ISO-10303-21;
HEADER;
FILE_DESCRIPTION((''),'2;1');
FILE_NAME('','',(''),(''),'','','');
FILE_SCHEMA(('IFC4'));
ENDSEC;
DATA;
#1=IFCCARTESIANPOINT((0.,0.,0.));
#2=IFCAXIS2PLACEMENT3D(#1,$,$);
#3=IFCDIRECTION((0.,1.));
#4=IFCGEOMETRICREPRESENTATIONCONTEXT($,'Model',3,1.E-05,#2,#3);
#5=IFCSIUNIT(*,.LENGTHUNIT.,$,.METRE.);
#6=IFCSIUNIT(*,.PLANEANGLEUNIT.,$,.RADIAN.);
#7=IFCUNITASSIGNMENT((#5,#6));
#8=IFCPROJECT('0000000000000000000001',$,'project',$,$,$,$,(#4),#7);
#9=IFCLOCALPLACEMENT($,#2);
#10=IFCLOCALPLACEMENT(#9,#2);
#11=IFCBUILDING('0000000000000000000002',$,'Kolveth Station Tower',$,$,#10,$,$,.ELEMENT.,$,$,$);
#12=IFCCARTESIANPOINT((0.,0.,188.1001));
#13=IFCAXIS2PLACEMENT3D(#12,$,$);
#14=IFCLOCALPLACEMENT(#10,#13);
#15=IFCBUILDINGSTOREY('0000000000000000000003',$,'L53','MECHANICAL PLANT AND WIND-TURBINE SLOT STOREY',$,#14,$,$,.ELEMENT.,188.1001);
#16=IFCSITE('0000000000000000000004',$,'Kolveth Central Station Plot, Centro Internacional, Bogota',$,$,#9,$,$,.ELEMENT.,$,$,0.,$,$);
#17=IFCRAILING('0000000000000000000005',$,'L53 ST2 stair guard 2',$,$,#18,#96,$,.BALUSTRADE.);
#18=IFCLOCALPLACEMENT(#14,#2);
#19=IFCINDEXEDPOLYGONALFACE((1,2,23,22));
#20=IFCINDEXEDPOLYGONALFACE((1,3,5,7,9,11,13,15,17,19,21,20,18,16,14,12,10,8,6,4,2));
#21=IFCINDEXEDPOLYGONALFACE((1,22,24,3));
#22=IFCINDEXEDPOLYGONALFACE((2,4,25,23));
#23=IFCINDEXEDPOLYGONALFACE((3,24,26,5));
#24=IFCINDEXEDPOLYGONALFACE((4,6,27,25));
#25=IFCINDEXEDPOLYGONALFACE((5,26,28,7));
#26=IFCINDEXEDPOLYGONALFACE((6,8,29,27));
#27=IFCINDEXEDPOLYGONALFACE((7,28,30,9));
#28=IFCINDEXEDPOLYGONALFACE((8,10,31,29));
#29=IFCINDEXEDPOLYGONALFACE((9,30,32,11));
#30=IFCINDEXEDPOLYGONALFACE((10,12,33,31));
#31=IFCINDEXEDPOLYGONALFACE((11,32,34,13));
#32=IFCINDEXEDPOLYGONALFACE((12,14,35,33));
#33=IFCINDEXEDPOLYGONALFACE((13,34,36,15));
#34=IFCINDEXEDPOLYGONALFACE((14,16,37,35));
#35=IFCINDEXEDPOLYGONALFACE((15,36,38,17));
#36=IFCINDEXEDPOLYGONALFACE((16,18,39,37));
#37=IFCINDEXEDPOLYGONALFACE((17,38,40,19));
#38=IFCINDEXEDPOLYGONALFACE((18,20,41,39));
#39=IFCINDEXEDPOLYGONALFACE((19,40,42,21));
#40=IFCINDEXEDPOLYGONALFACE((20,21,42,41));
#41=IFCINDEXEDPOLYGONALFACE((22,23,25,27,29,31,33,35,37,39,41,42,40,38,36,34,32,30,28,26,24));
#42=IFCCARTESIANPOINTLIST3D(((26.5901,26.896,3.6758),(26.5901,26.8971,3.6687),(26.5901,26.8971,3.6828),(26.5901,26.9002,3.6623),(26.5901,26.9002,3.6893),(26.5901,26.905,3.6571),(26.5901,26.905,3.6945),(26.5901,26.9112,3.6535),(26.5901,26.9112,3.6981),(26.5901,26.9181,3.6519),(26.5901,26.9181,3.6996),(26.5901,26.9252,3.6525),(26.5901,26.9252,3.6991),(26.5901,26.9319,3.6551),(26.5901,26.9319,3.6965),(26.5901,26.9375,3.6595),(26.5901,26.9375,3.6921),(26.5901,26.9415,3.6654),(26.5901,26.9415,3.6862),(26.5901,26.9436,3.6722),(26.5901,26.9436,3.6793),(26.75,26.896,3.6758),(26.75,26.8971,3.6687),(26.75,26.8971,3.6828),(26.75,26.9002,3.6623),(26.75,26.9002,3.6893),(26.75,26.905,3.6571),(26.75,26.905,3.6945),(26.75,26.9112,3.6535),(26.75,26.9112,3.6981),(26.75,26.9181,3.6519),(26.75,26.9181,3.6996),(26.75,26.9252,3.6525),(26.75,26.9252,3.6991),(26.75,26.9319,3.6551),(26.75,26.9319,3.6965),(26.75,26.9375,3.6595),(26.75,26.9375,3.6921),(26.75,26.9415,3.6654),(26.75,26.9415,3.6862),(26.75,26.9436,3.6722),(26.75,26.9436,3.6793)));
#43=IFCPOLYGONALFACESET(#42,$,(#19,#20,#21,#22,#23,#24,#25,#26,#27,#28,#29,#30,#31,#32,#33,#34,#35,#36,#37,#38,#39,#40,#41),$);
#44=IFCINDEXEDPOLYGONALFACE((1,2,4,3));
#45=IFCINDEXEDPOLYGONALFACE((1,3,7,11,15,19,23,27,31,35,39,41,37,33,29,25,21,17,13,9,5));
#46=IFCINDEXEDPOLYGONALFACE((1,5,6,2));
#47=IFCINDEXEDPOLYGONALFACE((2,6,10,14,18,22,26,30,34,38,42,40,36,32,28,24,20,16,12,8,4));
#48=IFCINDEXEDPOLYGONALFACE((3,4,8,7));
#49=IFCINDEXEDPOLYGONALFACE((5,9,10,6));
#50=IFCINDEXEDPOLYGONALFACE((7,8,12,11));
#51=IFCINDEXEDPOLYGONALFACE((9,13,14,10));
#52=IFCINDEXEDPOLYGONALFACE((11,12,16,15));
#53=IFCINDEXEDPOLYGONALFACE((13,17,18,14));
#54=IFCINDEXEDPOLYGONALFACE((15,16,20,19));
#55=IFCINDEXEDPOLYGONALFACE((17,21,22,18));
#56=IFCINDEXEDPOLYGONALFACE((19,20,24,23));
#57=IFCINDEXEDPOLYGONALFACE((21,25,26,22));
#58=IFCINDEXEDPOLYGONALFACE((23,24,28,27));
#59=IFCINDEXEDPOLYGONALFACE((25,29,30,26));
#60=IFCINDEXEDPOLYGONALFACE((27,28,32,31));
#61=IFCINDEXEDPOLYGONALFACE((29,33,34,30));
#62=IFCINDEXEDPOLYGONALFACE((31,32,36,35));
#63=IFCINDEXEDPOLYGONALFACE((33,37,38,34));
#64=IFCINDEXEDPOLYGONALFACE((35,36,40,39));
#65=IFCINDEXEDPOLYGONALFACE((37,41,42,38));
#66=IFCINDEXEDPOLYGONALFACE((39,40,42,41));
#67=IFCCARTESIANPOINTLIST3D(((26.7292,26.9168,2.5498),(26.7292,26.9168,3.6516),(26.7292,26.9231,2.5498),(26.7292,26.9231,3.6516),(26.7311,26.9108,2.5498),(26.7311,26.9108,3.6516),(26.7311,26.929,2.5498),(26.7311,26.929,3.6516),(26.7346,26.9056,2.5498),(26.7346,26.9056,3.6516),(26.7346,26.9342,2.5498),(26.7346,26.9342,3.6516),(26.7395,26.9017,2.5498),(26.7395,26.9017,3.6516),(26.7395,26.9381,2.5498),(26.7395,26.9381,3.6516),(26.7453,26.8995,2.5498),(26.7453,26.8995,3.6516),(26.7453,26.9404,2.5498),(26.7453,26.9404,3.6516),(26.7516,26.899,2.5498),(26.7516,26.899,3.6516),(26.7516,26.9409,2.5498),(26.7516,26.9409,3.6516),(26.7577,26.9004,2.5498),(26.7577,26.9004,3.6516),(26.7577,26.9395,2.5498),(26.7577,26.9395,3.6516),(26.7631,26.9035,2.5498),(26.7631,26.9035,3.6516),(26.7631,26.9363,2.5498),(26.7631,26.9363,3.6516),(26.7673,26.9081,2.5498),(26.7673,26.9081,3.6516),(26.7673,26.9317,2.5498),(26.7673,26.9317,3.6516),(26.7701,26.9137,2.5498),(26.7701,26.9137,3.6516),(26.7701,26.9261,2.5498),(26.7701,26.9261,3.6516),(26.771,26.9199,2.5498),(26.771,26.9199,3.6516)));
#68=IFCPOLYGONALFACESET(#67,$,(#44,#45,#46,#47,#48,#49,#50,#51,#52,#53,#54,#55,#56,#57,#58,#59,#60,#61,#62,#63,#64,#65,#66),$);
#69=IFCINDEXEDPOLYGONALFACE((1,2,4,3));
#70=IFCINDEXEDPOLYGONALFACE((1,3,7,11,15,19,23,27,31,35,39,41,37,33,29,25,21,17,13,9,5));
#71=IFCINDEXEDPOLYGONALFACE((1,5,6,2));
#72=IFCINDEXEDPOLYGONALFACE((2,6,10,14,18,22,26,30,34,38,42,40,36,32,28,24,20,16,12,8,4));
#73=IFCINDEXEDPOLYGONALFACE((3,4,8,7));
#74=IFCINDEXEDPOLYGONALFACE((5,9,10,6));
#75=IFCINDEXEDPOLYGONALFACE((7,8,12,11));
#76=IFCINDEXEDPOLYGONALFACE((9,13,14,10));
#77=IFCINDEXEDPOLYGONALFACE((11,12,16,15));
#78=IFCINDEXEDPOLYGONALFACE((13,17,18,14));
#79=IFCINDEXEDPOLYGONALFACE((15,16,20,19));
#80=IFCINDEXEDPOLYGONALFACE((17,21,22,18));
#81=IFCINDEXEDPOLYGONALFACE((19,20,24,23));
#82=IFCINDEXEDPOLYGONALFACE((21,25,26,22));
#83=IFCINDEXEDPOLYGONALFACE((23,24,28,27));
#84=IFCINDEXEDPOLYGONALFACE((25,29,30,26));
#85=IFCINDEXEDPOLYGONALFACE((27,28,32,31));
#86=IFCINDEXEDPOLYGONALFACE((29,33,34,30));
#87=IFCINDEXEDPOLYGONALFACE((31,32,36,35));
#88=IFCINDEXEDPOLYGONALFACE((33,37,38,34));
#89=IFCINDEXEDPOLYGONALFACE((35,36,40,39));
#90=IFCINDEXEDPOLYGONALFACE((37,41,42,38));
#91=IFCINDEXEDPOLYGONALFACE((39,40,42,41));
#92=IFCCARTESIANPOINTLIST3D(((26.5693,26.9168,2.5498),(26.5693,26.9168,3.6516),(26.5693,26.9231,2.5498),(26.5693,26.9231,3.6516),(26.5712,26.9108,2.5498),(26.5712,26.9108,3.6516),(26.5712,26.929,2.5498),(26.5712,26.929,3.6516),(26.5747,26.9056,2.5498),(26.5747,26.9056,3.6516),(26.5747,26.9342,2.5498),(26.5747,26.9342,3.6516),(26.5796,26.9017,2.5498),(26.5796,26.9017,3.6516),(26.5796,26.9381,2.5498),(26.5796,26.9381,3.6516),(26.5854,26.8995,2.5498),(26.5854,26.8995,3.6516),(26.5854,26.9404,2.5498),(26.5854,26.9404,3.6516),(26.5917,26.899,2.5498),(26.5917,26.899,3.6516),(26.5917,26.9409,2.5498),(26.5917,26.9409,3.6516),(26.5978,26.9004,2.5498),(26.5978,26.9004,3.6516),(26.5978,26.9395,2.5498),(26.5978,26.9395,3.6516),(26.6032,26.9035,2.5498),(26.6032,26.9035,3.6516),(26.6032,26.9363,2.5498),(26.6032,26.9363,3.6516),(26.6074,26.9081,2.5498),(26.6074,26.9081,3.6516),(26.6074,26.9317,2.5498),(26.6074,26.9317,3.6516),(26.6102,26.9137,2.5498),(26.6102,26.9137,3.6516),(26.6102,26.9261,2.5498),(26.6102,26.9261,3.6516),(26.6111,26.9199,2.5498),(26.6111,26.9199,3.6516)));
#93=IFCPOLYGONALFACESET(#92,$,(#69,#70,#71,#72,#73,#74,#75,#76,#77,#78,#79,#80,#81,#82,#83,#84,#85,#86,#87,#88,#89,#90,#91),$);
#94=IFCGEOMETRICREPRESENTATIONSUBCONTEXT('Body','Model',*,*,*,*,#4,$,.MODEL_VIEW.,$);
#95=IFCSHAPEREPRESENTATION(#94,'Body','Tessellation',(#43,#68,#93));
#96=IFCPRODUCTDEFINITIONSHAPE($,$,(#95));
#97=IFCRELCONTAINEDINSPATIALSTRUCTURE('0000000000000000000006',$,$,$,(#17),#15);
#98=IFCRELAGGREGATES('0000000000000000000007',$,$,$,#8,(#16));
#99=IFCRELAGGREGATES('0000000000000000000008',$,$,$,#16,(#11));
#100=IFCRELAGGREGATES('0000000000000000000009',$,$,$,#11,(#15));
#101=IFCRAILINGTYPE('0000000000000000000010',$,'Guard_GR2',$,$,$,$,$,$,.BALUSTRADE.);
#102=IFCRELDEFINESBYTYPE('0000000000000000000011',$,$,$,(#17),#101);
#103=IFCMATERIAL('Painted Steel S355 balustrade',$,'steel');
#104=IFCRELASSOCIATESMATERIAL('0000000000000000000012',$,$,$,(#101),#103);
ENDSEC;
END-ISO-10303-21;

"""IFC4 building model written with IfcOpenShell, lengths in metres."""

from ifc_helpers import new_model, si_unit, direction, frame, origin, origin_2d, place, context, subcontext, project, spatial, circle, extrude, material, type_object, element, save


model = new_model("IFC4")

# Units and contexts
model_context = context("Model", 3, precision=1e-05, world=origin(), true_north=direction((0.0, 1.0)))
body_context = subcontext(model_context, "Body", "Model", "MODEL_VIEW")
ifc_project = project(units=[si_unit("LENGTHUNIT", "METRE"), si_unit("PLANEANGLEUNIT", "RADIAN")], contexts=[model_context])

# Site, building, storey
site_placement = place(None, origin())
site = spatial("IfcSite", under=ifc_project, at=site_placement, Name="Kolveth Central Station Plot, Centro Internacional, Bogota", CompositionType="ELEMENT", RefElevation=0.0)
building_placement = place(site_placement, origin())
building = spatial("IfcBuilding", under=site, at=building_placement, Name="Kolveth Station Tower", CompositionType="ELEMENT")
storey_placement = place(building_placement, frame((0.0, 0.0, 188.1001)))
storey = spatial("IfcBuildingStorey", under=building, at=storey_placement, Name="L53", Description="MECHANICAL PLANT AND WIND-TURBINE SLOT STOREY", CompositionType="ELEMENT", Elevation=188.1001)

# Railing
ifc_material_1 = material(Name="Painted Steel S355 balustrade", Category="steel")
railing_type_1 = type_object("IfcRailingType", Name="Guard_GR2", PredefinedType="BALUSTRADE", material=ifc_material_1)
railing_1_placement = place(storey_placement, frame((26.75, 26.9199, 2.5498)))
element("IfcRailing", 1, at=railing_1_placement, inside=storey, type_object=railing_type_1, Name="L53 ST2 stair guard 2", PredefinedType="BALUSTRADE", context=body_context, shape_type="SweptSolid", body=[
    extrude(circle(Radius=0.0239, at=origin_2d()), frame((0.0, 0.0, 1.126), z_axis=(-1.0, 0.0, 0.0), x_axis=(0.0, -1.0, 0.0)), (0.0, 0.0, 1.0), 0.1599),
    extrude(circle(Radius=0.021, at=origin_2d()), origin(), (0.0, 0.0, 1.0), 1.1018),
    extrude(circle(Radius=0.021, at=origin_2d()), frame((-0.1599, 0.0, 0.0)), (0.0, 0.0, 1.0), 1.1018),
])

save(model, "model.ifc")
